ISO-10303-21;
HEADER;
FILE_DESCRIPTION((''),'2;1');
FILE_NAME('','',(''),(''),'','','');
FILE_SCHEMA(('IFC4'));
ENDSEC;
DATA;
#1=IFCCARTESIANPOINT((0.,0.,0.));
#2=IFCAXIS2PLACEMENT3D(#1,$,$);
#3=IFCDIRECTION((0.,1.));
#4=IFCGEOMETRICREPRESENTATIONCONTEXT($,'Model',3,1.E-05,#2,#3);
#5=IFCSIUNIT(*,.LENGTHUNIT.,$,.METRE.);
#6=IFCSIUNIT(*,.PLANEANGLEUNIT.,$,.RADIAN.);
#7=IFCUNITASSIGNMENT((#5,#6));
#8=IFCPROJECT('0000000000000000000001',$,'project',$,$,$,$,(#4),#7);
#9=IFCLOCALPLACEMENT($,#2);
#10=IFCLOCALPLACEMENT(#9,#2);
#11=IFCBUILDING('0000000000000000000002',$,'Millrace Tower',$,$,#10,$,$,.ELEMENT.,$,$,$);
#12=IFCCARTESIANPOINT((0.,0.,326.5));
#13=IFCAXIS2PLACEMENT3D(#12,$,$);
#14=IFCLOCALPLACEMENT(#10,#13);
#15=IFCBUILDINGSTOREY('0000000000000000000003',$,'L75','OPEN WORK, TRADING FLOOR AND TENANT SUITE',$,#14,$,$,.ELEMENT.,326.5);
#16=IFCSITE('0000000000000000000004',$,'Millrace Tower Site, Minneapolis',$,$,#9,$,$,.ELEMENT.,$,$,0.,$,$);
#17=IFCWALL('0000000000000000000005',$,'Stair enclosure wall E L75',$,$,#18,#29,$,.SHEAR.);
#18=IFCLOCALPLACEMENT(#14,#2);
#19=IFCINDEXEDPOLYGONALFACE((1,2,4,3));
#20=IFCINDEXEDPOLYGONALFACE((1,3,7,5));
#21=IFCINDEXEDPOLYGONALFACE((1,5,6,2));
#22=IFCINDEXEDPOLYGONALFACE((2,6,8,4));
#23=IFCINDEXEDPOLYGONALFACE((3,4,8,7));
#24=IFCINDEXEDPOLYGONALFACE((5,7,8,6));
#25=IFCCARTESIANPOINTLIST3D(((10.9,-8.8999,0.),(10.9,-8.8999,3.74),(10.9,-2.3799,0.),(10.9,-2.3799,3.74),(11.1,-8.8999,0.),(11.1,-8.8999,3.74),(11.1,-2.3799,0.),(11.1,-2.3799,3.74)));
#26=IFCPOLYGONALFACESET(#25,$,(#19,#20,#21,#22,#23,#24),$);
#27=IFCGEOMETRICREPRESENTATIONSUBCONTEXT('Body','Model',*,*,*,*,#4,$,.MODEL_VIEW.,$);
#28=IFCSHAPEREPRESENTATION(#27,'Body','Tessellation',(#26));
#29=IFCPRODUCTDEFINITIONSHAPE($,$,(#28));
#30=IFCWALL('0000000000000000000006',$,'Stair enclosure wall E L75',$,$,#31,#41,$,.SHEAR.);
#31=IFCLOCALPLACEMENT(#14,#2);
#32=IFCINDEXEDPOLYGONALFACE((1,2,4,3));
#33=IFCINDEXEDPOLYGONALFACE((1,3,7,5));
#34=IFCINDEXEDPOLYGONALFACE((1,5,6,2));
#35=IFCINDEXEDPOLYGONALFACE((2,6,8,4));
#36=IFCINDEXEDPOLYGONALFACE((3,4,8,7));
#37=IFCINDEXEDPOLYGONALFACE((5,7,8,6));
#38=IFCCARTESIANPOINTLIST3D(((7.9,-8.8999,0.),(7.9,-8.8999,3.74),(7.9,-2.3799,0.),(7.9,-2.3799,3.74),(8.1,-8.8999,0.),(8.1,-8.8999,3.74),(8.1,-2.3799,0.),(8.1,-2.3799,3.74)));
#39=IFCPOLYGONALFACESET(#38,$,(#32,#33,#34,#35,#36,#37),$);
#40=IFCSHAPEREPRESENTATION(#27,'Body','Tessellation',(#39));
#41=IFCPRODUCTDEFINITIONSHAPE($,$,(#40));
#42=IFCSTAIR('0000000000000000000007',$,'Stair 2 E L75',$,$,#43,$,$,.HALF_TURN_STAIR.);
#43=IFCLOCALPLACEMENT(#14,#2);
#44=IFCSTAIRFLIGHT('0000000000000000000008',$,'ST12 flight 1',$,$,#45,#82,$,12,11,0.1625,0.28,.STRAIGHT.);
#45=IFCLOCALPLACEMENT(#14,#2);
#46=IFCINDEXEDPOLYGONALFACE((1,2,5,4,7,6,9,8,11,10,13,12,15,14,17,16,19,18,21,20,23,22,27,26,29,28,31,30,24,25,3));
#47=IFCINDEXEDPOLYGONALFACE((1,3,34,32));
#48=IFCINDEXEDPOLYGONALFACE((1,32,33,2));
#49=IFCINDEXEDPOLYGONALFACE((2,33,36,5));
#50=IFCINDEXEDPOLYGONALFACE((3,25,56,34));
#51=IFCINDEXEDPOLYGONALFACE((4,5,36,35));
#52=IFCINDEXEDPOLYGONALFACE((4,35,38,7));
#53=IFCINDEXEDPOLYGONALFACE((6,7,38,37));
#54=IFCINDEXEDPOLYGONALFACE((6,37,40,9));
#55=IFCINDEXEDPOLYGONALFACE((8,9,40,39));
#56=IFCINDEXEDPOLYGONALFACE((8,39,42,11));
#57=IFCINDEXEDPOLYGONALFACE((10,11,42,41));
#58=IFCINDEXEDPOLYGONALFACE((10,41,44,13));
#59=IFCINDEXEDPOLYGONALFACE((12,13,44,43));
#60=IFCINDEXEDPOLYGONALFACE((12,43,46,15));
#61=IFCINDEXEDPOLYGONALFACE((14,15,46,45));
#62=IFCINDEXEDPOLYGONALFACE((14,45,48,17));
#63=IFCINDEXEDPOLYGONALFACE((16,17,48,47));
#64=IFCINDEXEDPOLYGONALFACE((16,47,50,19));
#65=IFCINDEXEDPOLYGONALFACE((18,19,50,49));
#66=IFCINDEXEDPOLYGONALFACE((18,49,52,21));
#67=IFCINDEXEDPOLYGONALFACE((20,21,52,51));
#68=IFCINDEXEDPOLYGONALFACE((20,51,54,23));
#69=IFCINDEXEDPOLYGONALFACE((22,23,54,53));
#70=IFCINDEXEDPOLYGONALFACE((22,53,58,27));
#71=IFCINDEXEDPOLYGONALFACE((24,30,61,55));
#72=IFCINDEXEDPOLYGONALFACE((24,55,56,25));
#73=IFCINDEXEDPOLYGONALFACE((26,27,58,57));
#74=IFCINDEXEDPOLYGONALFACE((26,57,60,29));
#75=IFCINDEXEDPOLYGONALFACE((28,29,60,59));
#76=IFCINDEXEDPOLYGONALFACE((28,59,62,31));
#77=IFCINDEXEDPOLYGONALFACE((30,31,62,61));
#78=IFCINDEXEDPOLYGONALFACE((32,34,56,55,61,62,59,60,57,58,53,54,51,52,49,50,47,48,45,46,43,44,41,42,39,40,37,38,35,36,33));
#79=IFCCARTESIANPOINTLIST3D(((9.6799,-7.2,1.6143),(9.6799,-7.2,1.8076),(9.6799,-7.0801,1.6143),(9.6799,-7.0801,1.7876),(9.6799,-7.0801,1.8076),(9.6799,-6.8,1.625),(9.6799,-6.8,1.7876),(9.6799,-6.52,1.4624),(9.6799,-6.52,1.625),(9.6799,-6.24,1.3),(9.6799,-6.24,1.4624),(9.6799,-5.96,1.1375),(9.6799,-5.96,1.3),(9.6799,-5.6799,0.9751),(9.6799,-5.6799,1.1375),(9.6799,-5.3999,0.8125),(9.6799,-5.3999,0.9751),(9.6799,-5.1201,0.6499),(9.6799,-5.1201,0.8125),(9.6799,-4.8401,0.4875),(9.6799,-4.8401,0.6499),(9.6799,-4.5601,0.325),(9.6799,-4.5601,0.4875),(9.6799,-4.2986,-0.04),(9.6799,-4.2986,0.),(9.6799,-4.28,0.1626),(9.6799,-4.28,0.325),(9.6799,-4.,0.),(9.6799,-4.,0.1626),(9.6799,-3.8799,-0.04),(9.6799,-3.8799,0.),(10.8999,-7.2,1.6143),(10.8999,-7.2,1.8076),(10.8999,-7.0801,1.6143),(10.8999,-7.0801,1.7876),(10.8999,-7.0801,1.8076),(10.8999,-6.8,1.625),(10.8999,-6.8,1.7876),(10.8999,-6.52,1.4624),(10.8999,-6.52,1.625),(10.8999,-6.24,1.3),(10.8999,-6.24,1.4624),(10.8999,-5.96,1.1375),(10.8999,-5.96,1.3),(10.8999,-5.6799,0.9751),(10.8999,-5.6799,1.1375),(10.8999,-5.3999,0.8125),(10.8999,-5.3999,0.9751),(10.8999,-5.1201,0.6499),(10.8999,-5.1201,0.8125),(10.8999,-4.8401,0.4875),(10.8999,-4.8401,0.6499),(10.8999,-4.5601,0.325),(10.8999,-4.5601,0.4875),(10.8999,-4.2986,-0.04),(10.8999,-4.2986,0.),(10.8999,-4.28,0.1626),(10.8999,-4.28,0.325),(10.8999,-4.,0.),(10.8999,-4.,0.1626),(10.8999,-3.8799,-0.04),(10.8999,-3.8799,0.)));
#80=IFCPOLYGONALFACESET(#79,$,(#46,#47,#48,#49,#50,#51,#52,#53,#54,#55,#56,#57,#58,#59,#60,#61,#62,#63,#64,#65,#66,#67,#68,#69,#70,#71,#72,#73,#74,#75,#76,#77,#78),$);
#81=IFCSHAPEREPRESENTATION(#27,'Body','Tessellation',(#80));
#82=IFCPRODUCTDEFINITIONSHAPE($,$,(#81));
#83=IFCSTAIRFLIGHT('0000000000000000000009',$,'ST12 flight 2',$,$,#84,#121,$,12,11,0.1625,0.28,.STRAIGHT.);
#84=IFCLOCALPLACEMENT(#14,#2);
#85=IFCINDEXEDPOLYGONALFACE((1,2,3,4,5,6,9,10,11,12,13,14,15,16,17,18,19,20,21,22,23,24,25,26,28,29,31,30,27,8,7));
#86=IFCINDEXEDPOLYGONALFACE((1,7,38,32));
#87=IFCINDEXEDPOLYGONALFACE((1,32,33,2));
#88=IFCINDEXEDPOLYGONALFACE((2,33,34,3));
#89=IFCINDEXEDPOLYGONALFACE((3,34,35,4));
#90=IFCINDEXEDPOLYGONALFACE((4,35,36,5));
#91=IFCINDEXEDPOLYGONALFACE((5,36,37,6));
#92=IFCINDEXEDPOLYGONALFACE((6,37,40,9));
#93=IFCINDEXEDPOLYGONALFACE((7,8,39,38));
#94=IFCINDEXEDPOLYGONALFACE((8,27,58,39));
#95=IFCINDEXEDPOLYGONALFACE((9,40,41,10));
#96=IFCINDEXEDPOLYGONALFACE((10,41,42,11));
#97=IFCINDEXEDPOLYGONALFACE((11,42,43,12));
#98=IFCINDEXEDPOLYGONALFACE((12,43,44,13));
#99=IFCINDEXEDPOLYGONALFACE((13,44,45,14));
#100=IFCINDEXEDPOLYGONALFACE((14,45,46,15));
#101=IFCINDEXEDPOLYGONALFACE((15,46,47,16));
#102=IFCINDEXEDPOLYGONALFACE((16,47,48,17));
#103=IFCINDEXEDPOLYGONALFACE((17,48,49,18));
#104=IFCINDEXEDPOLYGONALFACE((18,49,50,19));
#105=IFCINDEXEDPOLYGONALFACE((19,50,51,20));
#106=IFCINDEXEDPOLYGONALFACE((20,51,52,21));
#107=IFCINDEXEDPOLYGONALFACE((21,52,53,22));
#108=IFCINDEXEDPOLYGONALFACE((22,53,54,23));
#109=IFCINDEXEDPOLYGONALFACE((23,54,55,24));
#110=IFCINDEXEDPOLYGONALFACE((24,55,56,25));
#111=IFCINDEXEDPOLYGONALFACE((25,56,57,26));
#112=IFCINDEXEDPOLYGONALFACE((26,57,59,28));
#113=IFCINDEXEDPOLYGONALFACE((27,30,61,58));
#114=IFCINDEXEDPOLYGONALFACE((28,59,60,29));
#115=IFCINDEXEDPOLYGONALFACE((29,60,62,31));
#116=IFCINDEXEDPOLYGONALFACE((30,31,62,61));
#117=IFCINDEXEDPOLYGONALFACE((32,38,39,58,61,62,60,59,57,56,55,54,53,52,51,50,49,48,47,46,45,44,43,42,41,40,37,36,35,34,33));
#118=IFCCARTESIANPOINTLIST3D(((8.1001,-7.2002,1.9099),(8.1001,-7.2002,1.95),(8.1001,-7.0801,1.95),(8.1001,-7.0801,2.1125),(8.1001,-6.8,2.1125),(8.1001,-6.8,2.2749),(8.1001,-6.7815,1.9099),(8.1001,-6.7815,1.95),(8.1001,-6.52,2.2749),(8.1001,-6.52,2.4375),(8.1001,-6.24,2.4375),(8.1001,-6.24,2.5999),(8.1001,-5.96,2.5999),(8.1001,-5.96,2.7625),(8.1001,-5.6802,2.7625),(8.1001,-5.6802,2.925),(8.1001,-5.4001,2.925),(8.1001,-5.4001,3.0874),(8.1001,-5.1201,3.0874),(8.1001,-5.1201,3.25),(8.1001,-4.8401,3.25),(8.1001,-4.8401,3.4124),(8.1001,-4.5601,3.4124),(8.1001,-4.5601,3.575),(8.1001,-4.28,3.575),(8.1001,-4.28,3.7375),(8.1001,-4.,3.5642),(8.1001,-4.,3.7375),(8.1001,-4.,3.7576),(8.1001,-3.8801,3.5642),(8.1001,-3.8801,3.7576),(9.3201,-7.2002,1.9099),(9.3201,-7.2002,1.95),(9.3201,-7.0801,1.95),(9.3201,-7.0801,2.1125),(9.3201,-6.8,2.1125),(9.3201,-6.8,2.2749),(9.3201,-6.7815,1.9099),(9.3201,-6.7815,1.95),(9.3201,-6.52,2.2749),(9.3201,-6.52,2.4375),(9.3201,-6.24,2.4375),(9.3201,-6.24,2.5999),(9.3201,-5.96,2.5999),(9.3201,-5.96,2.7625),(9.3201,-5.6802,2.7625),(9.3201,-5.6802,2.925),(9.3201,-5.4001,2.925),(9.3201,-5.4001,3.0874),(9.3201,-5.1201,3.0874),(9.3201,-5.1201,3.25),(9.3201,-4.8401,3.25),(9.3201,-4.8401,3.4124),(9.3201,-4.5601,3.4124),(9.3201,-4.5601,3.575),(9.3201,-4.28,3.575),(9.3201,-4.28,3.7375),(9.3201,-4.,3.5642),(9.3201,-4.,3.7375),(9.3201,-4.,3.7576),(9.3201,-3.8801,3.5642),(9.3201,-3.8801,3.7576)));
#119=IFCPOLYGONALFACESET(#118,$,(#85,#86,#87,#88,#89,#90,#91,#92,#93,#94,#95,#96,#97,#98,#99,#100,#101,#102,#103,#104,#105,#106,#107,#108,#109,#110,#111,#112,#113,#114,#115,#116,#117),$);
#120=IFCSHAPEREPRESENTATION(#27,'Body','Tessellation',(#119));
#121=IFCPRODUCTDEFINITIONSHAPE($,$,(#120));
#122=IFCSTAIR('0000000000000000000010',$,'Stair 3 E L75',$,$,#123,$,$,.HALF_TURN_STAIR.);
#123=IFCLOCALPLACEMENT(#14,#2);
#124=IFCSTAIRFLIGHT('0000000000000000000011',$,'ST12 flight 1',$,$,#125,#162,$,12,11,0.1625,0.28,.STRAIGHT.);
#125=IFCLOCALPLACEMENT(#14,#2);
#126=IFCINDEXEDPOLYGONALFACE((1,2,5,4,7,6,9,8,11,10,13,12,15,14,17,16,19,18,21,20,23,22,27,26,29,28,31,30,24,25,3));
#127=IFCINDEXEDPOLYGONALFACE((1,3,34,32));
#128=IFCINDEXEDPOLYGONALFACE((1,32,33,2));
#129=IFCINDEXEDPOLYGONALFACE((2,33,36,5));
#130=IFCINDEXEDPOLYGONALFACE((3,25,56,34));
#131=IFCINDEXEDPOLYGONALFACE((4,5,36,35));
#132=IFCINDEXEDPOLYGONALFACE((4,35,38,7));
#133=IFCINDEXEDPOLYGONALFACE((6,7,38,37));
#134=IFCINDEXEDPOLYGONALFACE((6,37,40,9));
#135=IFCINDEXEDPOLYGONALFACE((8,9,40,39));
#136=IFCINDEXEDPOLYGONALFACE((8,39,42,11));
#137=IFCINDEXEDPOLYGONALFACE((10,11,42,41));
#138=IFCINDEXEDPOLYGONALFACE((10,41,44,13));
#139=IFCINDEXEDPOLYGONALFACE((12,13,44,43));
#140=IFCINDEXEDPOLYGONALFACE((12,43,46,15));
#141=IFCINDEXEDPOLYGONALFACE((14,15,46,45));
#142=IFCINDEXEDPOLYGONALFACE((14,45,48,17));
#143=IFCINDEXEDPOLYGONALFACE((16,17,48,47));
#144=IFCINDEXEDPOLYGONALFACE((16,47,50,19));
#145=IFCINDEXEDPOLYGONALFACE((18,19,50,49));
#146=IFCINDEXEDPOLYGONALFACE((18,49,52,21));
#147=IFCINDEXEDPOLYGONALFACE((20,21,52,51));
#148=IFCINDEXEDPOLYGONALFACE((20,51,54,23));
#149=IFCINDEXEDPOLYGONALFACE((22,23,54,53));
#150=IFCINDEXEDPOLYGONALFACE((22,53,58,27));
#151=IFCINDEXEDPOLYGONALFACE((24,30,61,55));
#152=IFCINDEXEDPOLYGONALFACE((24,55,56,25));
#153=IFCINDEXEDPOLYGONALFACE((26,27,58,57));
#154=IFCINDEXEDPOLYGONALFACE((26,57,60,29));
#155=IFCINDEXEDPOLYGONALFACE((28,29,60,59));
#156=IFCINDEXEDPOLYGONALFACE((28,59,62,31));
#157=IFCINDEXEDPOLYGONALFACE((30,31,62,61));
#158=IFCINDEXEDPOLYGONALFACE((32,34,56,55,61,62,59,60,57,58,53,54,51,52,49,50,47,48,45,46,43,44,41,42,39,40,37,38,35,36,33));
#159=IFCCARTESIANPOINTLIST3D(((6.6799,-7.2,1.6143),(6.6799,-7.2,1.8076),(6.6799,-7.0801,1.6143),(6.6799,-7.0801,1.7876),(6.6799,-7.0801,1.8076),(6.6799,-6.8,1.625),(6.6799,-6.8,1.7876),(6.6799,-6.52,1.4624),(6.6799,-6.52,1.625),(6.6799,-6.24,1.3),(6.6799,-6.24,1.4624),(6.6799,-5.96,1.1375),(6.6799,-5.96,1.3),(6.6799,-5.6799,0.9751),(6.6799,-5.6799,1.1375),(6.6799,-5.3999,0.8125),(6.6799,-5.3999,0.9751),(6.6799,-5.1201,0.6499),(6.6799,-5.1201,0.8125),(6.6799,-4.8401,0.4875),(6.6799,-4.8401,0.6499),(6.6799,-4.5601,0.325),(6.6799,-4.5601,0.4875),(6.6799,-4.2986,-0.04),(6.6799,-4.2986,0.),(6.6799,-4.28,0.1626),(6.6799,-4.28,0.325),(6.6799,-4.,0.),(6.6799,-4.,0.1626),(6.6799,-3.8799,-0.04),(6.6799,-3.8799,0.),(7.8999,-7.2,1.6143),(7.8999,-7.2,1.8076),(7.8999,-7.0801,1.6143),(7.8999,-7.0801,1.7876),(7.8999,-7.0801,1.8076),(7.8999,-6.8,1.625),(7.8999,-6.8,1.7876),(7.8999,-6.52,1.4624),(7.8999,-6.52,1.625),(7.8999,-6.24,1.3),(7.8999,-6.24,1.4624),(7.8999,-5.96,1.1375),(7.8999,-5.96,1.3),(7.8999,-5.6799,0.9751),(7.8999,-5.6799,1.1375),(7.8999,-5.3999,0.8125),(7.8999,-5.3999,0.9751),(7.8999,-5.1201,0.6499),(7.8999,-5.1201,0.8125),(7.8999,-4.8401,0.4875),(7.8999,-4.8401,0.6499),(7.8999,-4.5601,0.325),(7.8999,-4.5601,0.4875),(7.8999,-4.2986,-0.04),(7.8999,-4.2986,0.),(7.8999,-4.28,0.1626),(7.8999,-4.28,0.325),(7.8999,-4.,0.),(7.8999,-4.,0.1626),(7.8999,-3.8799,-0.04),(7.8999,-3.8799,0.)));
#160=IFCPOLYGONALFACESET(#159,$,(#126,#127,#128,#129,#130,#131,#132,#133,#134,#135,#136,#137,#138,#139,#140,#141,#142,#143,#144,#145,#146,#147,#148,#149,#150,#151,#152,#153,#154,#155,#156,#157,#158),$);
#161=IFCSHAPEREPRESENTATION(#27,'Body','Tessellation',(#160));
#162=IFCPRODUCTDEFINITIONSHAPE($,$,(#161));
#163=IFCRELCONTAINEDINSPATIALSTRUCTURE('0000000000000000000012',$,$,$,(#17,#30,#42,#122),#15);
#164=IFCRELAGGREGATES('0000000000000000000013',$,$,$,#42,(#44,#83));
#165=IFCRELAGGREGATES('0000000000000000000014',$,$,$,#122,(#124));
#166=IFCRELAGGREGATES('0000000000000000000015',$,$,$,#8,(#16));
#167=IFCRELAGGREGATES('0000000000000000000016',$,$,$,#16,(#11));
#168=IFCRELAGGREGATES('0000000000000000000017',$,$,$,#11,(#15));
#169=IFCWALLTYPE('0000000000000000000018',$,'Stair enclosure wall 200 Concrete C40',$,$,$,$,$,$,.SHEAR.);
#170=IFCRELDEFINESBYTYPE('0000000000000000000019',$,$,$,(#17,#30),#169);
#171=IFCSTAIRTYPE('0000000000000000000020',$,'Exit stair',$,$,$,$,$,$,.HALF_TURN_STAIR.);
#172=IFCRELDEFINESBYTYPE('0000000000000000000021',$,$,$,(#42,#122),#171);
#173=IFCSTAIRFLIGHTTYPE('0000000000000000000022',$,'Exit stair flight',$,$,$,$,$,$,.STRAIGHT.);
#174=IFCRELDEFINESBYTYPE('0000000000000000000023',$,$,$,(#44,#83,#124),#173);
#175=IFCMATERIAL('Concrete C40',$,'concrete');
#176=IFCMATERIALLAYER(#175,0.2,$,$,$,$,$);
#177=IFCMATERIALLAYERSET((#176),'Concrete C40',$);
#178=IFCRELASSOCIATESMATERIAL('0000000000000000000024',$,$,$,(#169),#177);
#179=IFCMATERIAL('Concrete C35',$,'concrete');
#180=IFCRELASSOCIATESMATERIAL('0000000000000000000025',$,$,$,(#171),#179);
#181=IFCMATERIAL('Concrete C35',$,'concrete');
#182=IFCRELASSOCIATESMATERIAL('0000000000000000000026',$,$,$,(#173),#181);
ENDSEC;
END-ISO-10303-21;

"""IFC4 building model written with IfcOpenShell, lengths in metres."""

from ifc_helpers import new_model, si_unit, direction, frame, frame_2d, origin, place, context, subcontext, project, spatial, polyline, rectangle, outline, extrude, material, layer, layer_set, type_object, element, aggregate, save


model = new_model("IFC4")

# Units and contexts
model_context = context("Model", 3, precision=1e-05, world=origin(), true_north=direction((0.0, 1.0)))
body_context = subcontext(model_context, "Body", "Model", "MODEL_VIEW")
ifc_project = project(units=[si_unit("LENGTHUNIT", "METRE"), si_unit("PLANEANGLEUNIT", "RADIAN")], contexts=[model_context])

# Site, building, storey
site_placement = place(None, origin())
site = spatial("IfcSite", under=ifc_project, at=site_placement, Name="Millrace Tower Site, Minneapolis", CompositionType="ELEMENT", RefElevation=0.0)
building_placement = place(site_placement, origin())
building = spatial("IfcBuilding", under=site, at=building_placement, Name="Millrace Tower", CompositionType="ELEMENT")
storey_placement = place(building_placement, frame((0.0, 0.0, 326.5)))
storey = spatial("IfcBuildingStorey", under=building, at=storey_placement, Name="L75", Description="OPEN WORK, TRADING FLOOR AND TENANT SUITE", CompositionType="ELEMENT", Elevation=326.5)

# Shared definitions
placement = place(storey_placement, origin())

# Walls
ifc_material_1 = material(Name="Concrete C40", Category="concrete")
ifc_layer_1 = layer(ifc_material_1, 0.2)
ifc_layer_set_1 = layer_set([ifc_layer_1], Name="Concrete C40")
wall_type_1 = type_object("IfcWallType", Name="Stair enclosure wall 200 Concrete C40", PredefinedType="SHEAR", material=ifc_layer_set_1)
for number, where, z_axis, x_axis, name in (
    (1, (11.0, -2.3799, 0.0), (0.0, 0.0, 1.0), (0.0, -1.0, 0.0), "Stair enclosure wall E L75"),
    (2, (8.0, -2.3799, 0.0), (0.0, 0.0, 1.0), (0.0, -1.0, 0.0), "Stair enclosure wall E L75"),
):
    element("IfcWall", number, at=place(storey_placement, frame(where, z_axis=z_axis, x_axis=x_axis)), inside=storey, type_object=wall_type_1, Name=name, PredefinedType="SHEAR", context=body_context, shape_type="SweptSolid", body=[
        extrude(rectangle(XDim=6.52, YDim=0.2, at=frame_2d((3.26, 0.0))), origin(), (0.0, 0.0, 1.0), 3.74),
    ])

# Stairs, stair flights
ifc_material_2 = material(Name="Concrete C35", Category="concrete")
stair_type = type_object("IfcStairType", Name="Exit stair", PredefinedType="HALF_TURN_STAIR", material=ifc_material_2)
stair_1 = element("IfcStair", 3, at=placement, inside=storey, type_object=stair_type, Name="Stair 2 E L75", PredefinedType="HALF_TURN_STAIR")
ifc_material_3 = material(Name="Concrete C35", Category="concrete")
stair_flight_type = type_object("IfcStairFlightType", Name="Exit stair flight", PredefinedType="STRAIGHT", material=ifc_material_3)
stair_flight_1_placement = place(storey_placement, frame((10.29, -4.0, 0.0), z_axis=(0.0, 0.0, 1.0), x_axis=(0.0, -1.0, 0.0)))
stair_flight_1 = element("IfcStairFlight", 4, at=stair_flight_1_placement, type_object=stair_flight_type, Name="ST12 flight 1", NumberOfRisers=12, NumberOfTreads=11, PredefinedType="STRAIGHT", RiserHeight=0.1625, TreadLength=0.28, context=body_context, shape_type="SweptSolid", body=[
    extrude(outline(polyline([(-0.1201, -0.04), (-0.1201, 0.0), (0.0, 0.0), (0.0, 0.1626), (0.28, 0.1626), (0.28, 0.325), (0.5601, 0.325), (0.5601, 0.4875), (0.8401, 0.4875), (0.8401, 0.6499), (1.1201, 0.6499), (1.1201, 0.8125), (1.3999, 0.8125), (1.3999, 0.9751), (1.6799, 0.9751), (1.6799, 1.1375), (1.96, 1.1375), (1.96, 1.3), (2.24, 1.3), (2.24, 1.4624), (2.52, 1.4624), (2.52, 1.625), (2.8, 1.625), (2.8, 1.7876), (3.0801, 1.7876), (3.0801, 1.8076), (3.2, 1.8076), (3.2, 1.6143), (3.0801, 1.6143), (0.2986, 0.0), (0.2986, -0.04), (-0.1201, -0.04)])), frame((0.0, 0.6099, 0.0), z_axis=(0.0, -1.0, 0.0), x_axis=(1.0, 0.0, 0.0)), (0.0, 0.0, 1.0), 1.22),
])
stair_flight_2_placement = place(storey_placement, frame((8.71, -7.0801, 1.95), z_axis=(0.0, 0.0, 1.0), x_axis=(0.0, 1.0, 0.0)))
stair_flight_2 = element("IfcStairFlight", 5, at=stair_flight_2_placement, type_object=stair_flight_type, Name="ST12 flight 2", NumberOfRisers=12, NumberOfTreads=11, PredefinedType="STRAIGHT", RiserHeight=0.1625, TreadLength=0.28, context=body_context, shape_type="SweptSolid", body=[
    extrude(outline(polyline([(-0.1201, -0.04), (-0.1201, 0.0), (0.0, 0.0), (0.0, 0.1626), (0.28, 0.1626), (0.28, 0.325), (0.5601, 0.325), (0.5601, 0.4875), (0.8401, 0.4875), (0.8401, 0.6499), (1.1201, 0.6499), (1.1201, 0.8125), (1.3999, 0.8125), (1.3999, 0.9751), (1.6799, 0.9751), (1.6799, 1.1375), (1.96, 1.1375), (1.96, 1.3), (2.24, 1.3), (2.24, 1.4624), (2.52, 1.4624), (2.52, 1.625), (2.8, 1.625), (2.8, 1.7876), (3.0801, 1.7876), (3.0801, 1.8076), (3.2, 1.8076), (3.2, 1.6143), (3.0801, 1.6143), (0.2986, 0.0), (0.2986, -0.04), (-0.1201, -0.04)])), frame((0.0, 0.6099, 0.0), z_axis=(0.0, -1.0, 0.0), x_axis=(1.0, 0.0, 0.0)), (0.0, 0.0, 1.0), 1.22),
])
aggregate(stair_1, [stair_flight_1, stair_flight_2])
stair_2 = element("IfcStair", 6, at=placement, inside=storey, type_object=stair_type, Name="Stair 3 E L75", PredefinedType="HALF_TURN_STAIR")
stair_flight_3_placement = place(storey_placement, frame((7.29, -4.0, 0.0), z_axis=(0.0, 0.0, 1.0), x_axis=(0.0, -1.0, 0.0)))
stair_flight_3 = element("IfcStairFlight", 7, at=stair_flight_3_placement, type_object=stair_flight_type, Name="ST12 flight 1", NumberOfRisers=12, NumberOfTreads=11, PredefinedType="STRAIGHT", RiserHeight=0.1625, TreadLength=0.28, context=body_context, shape_type="SweptSolid", body=[
    extrude(outline(polyline([(-0.1201, -0.04), (-0.1201, 0.0), (0.0, 0.0), (0.0, 0.1626), (0.28, 0.1626), (0.28, 0.325), (0.5601, 0.325), (0.5601, 0.4875), (0.8401, 0.4875), (0.8401, 0.6499), (1.1201, 0.6499), (1.1201, 0.8125), (1.3999, 0.8125), (1.3999, 0.9751), (1.6799, 0.9751), (1.6799, 1.1375), (1.96, 1.1375), (1.96, 1.3), (2.24, 1.3), (2.24, 1.4624), (2.52, 1.4624), (2.52, 1.625), (2.8, 1.625), (2.8, 1.7876), (3.0801, 1.7876), (3.0801, 1.8076), (3.2, 1.8076), (3.2, 1.6143), (3.0801, 1.6143), (0.2986, 0.0), (0.2986, -0.04), (-0.1201, -0.04)])), frame((0.0, 0.6099, 0.0), z_axis=(0.0, -1.0, 0.0), x_axis=(1.0, 0.0, 0.0)), (0.0, 0.0, 1.0), 1.22),
])
aggregate(stair_2, [stair_flight_3])

save(model, "model.ifc")
